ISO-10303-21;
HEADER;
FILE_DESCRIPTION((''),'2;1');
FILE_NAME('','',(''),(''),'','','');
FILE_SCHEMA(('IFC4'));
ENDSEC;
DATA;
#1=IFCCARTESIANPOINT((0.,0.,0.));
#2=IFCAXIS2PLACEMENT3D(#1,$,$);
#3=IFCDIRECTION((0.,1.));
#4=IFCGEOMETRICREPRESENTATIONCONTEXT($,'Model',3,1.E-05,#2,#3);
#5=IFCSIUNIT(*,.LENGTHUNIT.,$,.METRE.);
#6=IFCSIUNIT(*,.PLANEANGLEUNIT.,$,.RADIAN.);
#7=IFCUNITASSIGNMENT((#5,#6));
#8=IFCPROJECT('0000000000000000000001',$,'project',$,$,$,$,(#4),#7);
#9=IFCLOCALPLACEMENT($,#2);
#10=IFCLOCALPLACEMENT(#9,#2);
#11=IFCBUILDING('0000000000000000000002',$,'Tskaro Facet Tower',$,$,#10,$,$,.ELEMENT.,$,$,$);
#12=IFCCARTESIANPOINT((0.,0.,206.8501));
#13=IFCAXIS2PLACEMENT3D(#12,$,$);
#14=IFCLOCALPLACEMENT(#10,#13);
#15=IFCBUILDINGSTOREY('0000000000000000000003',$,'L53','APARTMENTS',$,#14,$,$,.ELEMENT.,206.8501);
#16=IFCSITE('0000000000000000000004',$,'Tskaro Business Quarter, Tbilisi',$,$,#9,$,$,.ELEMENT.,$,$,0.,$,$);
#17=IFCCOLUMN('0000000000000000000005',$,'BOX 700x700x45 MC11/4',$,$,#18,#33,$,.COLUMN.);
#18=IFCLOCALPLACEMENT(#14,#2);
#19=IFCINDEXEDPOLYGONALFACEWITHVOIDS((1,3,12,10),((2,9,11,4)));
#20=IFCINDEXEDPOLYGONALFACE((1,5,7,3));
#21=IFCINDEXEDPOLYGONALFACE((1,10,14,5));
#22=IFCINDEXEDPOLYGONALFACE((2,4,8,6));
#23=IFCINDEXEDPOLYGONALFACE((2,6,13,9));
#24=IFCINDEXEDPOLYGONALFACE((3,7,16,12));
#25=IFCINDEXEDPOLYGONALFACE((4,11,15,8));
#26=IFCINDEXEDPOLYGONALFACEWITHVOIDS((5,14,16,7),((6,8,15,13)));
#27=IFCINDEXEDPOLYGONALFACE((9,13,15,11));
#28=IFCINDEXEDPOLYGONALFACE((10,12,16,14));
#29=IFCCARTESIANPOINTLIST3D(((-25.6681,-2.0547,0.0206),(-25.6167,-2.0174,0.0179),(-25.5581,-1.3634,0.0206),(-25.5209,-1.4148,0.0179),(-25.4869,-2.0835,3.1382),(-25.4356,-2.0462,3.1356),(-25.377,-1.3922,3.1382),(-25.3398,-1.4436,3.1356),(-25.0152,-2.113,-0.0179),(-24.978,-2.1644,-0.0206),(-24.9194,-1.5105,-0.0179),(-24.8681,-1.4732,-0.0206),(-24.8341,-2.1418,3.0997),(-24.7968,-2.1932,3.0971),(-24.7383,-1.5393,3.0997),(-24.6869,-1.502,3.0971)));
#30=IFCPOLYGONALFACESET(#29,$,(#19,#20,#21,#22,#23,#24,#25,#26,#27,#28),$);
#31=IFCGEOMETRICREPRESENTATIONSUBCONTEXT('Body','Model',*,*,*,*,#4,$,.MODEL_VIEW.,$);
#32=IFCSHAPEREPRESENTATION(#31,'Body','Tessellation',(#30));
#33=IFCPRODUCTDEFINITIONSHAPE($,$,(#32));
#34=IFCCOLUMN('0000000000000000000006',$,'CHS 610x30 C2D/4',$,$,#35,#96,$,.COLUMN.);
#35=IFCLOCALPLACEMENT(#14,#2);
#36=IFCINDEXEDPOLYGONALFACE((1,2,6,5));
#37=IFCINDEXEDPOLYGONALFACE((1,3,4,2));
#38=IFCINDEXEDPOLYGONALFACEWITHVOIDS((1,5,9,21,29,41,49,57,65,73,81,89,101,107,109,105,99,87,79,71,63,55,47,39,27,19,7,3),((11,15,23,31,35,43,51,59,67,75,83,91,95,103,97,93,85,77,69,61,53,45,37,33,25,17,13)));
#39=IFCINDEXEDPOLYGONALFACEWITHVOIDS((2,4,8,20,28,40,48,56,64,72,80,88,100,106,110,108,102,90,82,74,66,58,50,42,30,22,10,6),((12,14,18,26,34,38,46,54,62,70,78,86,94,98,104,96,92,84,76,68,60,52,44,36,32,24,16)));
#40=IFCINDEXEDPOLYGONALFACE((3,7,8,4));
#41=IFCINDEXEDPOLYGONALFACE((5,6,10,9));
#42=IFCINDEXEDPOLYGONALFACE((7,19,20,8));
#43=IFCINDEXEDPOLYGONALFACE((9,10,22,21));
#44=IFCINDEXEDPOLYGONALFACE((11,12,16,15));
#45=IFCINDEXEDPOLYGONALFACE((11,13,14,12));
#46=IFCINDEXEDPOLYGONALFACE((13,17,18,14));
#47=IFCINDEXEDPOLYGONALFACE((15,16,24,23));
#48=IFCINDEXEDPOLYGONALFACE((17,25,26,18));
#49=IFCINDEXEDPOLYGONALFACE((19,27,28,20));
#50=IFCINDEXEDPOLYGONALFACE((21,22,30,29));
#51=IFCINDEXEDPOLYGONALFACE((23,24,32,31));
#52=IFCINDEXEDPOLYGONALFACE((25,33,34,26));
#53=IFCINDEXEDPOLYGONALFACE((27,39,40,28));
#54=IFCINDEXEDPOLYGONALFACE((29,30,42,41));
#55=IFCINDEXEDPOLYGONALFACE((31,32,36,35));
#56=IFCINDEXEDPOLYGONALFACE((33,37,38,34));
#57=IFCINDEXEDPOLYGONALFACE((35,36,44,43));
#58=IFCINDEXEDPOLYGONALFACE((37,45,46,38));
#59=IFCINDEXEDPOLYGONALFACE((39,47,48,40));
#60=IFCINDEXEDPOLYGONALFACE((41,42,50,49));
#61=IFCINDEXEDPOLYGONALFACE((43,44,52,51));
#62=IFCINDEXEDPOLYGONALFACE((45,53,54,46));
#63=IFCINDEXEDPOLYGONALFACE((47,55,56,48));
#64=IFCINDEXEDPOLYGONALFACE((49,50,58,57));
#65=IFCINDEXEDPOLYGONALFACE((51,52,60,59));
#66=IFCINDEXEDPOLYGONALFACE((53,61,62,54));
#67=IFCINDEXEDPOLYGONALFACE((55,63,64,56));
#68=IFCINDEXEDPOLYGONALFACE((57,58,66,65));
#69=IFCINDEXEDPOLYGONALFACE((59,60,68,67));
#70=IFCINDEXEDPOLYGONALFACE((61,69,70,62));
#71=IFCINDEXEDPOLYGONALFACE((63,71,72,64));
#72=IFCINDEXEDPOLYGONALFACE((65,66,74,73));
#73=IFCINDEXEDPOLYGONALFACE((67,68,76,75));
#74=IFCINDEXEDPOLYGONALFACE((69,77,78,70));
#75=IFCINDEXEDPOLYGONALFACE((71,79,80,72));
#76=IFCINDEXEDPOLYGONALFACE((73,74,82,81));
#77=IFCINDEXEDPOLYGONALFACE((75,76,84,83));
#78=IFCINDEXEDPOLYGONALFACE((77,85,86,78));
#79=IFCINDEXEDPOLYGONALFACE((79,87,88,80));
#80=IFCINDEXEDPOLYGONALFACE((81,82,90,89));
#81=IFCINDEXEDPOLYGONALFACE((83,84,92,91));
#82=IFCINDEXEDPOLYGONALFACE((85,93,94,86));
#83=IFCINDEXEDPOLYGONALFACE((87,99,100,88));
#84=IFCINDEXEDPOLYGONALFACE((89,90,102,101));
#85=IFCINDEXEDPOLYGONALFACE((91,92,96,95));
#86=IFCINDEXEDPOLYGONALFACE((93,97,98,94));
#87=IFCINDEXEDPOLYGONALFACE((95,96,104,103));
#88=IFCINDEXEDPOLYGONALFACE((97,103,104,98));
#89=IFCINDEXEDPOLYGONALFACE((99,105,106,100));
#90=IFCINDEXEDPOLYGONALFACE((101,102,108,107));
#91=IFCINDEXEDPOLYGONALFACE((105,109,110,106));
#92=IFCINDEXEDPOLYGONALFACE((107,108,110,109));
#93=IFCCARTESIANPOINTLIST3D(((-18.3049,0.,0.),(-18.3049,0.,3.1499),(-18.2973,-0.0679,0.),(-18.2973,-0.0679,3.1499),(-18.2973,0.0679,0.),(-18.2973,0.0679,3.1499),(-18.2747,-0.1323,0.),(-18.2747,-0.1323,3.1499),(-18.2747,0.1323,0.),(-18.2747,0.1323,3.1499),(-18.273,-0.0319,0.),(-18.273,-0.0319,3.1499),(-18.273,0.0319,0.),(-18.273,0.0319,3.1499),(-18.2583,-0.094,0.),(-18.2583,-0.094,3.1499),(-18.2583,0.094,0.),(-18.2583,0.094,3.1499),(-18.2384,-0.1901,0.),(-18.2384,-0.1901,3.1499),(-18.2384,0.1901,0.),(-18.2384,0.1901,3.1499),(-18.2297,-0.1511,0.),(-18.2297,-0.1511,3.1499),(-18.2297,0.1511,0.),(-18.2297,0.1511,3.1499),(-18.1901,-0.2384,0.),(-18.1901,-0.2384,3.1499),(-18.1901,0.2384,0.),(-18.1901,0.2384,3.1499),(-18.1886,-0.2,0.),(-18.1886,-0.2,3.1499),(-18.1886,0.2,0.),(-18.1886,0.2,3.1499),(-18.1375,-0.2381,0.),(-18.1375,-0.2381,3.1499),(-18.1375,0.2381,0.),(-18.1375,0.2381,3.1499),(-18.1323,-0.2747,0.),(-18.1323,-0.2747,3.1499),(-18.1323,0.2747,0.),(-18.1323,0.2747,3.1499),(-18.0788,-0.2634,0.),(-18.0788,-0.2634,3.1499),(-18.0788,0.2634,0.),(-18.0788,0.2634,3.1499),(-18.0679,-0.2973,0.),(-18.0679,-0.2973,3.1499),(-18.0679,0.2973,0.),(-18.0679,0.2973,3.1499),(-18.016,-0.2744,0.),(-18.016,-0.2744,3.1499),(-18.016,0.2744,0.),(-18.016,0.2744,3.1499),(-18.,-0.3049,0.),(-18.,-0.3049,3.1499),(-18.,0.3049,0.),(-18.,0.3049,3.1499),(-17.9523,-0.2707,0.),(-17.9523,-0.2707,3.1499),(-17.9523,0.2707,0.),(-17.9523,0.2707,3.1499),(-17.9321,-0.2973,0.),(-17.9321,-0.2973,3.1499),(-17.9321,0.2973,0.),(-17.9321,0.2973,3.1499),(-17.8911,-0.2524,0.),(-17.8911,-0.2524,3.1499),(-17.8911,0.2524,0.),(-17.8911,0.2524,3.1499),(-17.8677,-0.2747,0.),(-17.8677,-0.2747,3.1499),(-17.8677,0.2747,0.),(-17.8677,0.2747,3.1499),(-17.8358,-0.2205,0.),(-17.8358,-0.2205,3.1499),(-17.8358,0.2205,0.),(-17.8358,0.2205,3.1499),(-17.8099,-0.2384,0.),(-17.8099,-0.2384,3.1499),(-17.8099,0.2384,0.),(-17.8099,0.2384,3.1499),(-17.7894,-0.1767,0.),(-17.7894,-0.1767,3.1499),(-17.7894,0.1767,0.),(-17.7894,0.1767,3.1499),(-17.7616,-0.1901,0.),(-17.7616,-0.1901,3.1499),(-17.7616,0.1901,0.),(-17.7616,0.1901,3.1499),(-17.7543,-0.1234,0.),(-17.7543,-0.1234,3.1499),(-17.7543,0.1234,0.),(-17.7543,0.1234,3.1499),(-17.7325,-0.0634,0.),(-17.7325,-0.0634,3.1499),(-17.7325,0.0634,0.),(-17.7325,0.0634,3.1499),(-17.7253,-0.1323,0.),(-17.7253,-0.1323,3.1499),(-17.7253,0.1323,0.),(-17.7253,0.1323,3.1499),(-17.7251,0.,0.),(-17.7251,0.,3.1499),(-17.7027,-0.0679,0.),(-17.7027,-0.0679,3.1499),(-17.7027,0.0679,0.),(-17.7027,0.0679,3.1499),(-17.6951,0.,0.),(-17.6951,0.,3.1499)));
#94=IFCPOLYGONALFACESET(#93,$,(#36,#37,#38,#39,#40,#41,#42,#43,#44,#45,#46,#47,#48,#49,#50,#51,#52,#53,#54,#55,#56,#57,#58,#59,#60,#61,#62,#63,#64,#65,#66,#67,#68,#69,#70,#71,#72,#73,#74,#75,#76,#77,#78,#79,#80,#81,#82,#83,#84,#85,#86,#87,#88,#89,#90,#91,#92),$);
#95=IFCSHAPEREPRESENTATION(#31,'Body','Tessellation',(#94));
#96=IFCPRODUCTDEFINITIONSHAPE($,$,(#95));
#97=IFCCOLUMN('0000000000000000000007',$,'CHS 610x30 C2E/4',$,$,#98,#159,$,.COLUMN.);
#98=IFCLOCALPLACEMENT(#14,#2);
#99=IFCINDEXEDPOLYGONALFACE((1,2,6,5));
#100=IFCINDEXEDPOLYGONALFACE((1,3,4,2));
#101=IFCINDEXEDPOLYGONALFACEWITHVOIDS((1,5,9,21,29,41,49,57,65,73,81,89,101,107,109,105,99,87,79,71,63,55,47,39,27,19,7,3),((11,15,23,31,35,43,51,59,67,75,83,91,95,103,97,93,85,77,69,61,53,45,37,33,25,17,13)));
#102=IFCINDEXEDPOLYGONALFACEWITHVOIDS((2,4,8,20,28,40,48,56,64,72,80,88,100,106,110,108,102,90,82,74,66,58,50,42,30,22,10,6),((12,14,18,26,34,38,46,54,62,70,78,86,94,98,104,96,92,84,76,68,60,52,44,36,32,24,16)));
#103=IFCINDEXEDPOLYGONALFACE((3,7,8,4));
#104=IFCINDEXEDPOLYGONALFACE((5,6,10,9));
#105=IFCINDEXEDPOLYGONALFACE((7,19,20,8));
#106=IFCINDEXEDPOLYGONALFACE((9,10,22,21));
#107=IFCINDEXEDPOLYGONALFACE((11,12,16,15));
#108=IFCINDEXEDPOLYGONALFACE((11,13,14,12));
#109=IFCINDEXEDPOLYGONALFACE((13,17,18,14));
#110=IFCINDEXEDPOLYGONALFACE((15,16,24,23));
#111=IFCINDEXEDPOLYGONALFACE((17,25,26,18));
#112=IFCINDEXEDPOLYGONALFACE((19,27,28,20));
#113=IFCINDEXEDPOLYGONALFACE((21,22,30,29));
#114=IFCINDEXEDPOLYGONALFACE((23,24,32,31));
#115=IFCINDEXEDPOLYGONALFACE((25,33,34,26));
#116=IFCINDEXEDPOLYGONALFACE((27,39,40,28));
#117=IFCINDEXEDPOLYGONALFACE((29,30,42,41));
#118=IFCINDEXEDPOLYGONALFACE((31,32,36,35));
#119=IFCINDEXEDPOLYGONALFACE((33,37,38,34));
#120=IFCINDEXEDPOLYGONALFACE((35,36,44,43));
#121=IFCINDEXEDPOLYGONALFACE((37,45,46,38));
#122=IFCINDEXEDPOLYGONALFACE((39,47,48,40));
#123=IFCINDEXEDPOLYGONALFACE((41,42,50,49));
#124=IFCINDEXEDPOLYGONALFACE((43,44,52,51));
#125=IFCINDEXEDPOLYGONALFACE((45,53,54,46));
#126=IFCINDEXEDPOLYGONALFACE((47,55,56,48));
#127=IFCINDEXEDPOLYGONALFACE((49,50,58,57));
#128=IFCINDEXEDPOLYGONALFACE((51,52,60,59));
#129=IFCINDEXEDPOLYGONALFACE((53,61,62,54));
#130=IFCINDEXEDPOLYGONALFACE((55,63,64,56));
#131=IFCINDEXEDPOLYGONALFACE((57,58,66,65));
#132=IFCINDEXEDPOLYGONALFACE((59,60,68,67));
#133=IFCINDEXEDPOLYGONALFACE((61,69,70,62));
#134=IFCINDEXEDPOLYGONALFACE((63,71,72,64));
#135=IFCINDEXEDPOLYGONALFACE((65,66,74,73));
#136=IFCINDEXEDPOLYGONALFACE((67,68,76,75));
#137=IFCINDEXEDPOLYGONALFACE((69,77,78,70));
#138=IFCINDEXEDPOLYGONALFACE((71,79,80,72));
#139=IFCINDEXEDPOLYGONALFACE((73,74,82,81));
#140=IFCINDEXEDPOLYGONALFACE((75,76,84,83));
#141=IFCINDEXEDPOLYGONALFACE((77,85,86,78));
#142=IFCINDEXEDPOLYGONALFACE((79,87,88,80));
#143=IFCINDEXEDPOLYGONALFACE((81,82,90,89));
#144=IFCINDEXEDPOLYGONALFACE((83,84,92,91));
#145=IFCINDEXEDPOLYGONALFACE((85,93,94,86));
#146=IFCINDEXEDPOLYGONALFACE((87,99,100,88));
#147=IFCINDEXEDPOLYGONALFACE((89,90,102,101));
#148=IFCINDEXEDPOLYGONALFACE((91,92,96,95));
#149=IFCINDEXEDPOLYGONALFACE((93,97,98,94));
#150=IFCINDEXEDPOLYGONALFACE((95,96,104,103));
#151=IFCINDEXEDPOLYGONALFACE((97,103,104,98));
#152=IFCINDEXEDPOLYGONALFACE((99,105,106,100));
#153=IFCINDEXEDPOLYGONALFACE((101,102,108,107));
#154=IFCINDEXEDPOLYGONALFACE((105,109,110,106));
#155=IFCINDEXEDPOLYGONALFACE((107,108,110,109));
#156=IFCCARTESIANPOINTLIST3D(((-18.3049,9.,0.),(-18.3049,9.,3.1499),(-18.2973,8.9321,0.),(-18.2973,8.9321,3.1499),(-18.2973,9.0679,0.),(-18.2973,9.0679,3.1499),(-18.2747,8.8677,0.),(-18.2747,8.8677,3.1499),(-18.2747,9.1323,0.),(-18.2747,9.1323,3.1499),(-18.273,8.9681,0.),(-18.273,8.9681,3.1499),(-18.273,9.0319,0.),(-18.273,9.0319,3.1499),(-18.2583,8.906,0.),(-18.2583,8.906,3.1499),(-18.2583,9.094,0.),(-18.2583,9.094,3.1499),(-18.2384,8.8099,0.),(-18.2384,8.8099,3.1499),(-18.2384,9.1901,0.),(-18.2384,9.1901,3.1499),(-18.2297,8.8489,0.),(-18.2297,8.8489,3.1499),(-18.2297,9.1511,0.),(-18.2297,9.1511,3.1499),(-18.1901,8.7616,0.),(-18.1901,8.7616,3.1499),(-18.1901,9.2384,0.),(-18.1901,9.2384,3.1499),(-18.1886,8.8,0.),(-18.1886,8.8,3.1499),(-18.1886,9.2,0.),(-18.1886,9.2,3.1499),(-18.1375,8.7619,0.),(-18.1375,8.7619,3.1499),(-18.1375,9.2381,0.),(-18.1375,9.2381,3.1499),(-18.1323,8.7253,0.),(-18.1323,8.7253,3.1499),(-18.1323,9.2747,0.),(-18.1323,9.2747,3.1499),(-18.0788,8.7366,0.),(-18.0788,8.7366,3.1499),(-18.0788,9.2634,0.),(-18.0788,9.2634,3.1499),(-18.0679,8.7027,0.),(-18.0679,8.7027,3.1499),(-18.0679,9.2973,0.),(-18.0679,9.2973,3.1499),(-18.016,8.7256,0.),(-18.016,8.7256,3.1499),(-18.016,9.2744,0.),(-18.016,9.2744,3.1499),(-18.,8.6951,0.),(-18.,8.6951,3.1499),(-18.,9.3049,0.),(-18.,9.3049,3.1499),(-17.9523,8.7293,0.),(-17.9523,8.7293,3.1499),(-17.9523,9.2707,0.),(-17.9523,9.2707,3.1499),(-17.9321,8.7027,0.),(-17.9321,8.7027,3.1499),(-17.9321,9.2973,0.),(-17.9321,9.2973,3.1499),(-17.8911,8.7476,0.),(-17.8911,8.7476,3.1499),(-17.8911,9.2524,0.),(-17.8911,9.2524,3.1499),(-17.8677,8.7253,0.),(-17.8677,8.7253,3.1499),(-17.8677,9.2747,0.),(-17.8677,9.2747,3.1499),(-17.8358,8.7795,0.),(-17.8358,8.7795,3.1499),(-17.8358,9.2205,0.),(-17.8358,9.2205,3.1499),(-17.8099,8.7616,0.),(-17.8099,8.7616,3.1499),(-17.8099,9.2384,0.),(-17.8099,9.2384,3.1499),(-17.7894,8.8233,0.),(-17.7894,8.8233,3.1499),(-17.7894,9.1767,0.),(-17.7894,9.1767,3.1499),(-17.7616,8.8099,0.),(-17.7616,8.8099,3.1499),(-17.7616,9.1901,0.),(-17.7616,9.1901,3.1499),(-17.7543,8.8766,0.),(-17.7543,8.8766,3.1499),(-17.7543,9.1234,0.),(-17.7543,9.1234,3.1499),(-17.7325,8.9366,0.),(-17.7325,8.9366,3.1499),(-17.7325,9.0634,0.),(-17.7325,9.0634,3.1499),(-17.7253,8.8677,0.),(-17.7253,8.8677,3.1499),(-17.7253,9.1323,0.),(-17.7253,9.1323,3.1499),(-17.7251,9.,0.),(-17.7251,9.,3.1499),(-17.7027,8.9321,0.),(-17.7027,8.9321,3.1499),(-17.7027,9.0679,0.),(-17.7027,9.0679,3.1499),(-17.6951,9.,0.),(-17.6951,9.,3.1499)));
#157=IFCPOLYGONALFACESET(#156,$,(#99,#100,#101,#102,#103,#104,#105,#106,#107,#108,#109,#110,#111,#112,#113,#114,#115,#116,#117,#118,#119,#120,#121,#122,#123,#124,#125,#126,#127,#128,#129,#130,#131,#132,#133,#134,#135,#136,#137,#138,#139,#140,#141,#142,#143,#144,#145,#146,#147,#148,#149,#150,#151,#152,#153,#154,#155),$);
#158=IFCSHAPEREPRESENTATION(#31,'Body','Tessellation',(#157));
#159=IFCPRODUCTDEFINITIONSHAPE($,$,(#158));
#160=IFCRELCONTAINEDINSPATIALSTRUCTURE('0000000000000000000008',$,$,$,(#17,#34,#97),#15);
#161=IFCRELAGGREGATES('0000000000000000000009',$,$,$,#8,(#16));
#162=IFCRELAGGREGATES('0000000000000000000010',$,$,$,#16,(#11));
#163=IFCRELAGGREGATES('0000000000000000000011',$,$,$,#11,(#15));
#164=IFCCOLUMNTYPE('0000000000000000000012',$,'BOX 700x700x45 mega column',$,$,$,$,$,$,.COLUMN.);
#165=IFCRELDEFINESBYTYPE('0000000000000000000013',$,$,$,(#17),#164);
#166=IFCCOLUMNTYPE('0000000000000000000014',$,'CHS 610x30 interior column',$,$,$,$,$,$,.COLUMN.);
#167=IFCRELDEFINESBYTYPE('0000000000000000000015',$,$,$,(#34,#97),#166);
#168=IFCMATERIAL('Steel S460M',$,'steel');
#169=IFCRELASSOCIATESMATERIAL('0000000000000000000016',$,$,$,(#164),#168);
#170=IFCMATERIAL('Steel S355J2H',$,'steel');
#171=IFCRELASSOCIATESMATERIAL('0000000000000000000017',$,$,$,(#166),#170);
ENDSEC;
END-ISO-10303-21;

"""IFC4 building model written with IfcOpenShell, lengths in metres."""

from ifc_helpers import new_model, si_unit, direction, frame, origin, origin_2d, place, context, subcontext, project, spatial, hollow_rectangle, hollow_circle, extrude, material, material_profile, profile_set, type_object, element, save


model = new_model("IFC4")

# Units and contexts
model_context = context("Model", 3, precision=1e-05, world=origin(), true_north=direction((0.0, 1.0)))
body_context = subcontext(model_context, "Body", "Model", "MODEL_VIEW")
ifc_project = project(units=[si_unit("LENGTHUNIT", "METRE"), si_unit("PLANEANGLEUNIT", "RADIAN")], contexts=[model_context])

# Site, building, storey
site_placement = place(None, origin())
site = spatial("IfcSite", under=ifc_project, at=site_placement, Name="Tskaro Business Quarter, Tbilisi", CompositionType="ELEMENT", RefElevation=0.0)
building_placement = place(site_placement, origin())
building = spatial("IfcBuilding", under=site, at=building_placement, Name="Tskaro Facet Tower", CompositionType="ELEMENT")
storey_placement = place(building_placement, frame((0.0, 0.0, 206.8501)))
storey = spatial("IfcBuildingStorey", under=building, at=storey_placement, Name="L53", Description="APARTMENTS", CompositionType="ELEMENT", Elevation=206.8501)

# Columns
ifc_material_1 = material(Name="Steel S460M", Category="steel")
ifc_material_profile_1 = material_profile(ifc_material_1, hollow_rectangle(XDim=0.7, YDim=0.7, WallThickness=0.0449, at=origin_2d()), Name="BOX 700x700x45")
ifc_profile_set_1 = profile_set([ifc_material_profile_1], Name="Steel S460M")
column_type_1 = type_object("IfcColumnType", Name="BOX 700x700x45 mega column", PredefinedType="COLUMN", material=ifc_profile_set_1)
column_1_placement = place(storey_placement, frame((-25.2681, -1.7639, 0.0), z_axis=(0.058005, -0.009224, 0.998274), x_axis=(0.157056, 0.98759, 0.0)))
element("IfcColumn", 1, at=column_1_placement, inside=storey, type_object=column_type_1, Name="BOX 700x700x45 MC11/4", PredefinedType="COLUMN", context=body_context, shape_type="SweptSolid", body=[
    extrude(hollow_rectangle(XDim=0.7, YDim=0.7, WallThickness=0.0449, at=origin_2d()), origin(), (0.0, 0.0, 1.0), 3.123),
])
ifc_material_2 = material(Name="Steel S355J2H", Category="steel")
ifc_material_profile_2 = material_profile(ifc_material_2, hollow_circle(Radius=0.3049, WallThickness=0.03, at=origin_2d()), Name="CHS 610x30")
ifc_profile_set_2 = profile_set([ifc_material_profile_2], Name="Steel S355J2H")
column_type_2 = type_object("IfcColumnType", Name="CHS 610x30 interior column", PredefinedType="COLUMN", material=ifc_profile_set_2)
for number, where, z_axis, x_axis, name in (
    (2, (-18.0, 0.0, 0.0), (0.0, 0.0, 1.0), (1.0, 0.0, 0.0), "CHS 610x30 C2D/4"),
    (3, (-18.0, 9.0, 0.0), (0.0, 0.0, 1.0), (1.0, 0.0, 0.0), "CHS 610x30 C2E/4"),
):
    element("IfcColumn", number, at=place(storey_placement, frame(where, z_axis=z_axis, x_axis=x_axis)), inside=storey, type_object=column_type_2, Name=name, PredefinedType="COLUMN", context=body_context, shape_type="SweptSolid", body=[
        extrude(hollow_circle(Radius=0.3049, WallThickness=0.03, at=origin_2d()), origin(), (0.0, 0.0, 1.0), 3.1499),
    ])

save(model, "model.ifc")
